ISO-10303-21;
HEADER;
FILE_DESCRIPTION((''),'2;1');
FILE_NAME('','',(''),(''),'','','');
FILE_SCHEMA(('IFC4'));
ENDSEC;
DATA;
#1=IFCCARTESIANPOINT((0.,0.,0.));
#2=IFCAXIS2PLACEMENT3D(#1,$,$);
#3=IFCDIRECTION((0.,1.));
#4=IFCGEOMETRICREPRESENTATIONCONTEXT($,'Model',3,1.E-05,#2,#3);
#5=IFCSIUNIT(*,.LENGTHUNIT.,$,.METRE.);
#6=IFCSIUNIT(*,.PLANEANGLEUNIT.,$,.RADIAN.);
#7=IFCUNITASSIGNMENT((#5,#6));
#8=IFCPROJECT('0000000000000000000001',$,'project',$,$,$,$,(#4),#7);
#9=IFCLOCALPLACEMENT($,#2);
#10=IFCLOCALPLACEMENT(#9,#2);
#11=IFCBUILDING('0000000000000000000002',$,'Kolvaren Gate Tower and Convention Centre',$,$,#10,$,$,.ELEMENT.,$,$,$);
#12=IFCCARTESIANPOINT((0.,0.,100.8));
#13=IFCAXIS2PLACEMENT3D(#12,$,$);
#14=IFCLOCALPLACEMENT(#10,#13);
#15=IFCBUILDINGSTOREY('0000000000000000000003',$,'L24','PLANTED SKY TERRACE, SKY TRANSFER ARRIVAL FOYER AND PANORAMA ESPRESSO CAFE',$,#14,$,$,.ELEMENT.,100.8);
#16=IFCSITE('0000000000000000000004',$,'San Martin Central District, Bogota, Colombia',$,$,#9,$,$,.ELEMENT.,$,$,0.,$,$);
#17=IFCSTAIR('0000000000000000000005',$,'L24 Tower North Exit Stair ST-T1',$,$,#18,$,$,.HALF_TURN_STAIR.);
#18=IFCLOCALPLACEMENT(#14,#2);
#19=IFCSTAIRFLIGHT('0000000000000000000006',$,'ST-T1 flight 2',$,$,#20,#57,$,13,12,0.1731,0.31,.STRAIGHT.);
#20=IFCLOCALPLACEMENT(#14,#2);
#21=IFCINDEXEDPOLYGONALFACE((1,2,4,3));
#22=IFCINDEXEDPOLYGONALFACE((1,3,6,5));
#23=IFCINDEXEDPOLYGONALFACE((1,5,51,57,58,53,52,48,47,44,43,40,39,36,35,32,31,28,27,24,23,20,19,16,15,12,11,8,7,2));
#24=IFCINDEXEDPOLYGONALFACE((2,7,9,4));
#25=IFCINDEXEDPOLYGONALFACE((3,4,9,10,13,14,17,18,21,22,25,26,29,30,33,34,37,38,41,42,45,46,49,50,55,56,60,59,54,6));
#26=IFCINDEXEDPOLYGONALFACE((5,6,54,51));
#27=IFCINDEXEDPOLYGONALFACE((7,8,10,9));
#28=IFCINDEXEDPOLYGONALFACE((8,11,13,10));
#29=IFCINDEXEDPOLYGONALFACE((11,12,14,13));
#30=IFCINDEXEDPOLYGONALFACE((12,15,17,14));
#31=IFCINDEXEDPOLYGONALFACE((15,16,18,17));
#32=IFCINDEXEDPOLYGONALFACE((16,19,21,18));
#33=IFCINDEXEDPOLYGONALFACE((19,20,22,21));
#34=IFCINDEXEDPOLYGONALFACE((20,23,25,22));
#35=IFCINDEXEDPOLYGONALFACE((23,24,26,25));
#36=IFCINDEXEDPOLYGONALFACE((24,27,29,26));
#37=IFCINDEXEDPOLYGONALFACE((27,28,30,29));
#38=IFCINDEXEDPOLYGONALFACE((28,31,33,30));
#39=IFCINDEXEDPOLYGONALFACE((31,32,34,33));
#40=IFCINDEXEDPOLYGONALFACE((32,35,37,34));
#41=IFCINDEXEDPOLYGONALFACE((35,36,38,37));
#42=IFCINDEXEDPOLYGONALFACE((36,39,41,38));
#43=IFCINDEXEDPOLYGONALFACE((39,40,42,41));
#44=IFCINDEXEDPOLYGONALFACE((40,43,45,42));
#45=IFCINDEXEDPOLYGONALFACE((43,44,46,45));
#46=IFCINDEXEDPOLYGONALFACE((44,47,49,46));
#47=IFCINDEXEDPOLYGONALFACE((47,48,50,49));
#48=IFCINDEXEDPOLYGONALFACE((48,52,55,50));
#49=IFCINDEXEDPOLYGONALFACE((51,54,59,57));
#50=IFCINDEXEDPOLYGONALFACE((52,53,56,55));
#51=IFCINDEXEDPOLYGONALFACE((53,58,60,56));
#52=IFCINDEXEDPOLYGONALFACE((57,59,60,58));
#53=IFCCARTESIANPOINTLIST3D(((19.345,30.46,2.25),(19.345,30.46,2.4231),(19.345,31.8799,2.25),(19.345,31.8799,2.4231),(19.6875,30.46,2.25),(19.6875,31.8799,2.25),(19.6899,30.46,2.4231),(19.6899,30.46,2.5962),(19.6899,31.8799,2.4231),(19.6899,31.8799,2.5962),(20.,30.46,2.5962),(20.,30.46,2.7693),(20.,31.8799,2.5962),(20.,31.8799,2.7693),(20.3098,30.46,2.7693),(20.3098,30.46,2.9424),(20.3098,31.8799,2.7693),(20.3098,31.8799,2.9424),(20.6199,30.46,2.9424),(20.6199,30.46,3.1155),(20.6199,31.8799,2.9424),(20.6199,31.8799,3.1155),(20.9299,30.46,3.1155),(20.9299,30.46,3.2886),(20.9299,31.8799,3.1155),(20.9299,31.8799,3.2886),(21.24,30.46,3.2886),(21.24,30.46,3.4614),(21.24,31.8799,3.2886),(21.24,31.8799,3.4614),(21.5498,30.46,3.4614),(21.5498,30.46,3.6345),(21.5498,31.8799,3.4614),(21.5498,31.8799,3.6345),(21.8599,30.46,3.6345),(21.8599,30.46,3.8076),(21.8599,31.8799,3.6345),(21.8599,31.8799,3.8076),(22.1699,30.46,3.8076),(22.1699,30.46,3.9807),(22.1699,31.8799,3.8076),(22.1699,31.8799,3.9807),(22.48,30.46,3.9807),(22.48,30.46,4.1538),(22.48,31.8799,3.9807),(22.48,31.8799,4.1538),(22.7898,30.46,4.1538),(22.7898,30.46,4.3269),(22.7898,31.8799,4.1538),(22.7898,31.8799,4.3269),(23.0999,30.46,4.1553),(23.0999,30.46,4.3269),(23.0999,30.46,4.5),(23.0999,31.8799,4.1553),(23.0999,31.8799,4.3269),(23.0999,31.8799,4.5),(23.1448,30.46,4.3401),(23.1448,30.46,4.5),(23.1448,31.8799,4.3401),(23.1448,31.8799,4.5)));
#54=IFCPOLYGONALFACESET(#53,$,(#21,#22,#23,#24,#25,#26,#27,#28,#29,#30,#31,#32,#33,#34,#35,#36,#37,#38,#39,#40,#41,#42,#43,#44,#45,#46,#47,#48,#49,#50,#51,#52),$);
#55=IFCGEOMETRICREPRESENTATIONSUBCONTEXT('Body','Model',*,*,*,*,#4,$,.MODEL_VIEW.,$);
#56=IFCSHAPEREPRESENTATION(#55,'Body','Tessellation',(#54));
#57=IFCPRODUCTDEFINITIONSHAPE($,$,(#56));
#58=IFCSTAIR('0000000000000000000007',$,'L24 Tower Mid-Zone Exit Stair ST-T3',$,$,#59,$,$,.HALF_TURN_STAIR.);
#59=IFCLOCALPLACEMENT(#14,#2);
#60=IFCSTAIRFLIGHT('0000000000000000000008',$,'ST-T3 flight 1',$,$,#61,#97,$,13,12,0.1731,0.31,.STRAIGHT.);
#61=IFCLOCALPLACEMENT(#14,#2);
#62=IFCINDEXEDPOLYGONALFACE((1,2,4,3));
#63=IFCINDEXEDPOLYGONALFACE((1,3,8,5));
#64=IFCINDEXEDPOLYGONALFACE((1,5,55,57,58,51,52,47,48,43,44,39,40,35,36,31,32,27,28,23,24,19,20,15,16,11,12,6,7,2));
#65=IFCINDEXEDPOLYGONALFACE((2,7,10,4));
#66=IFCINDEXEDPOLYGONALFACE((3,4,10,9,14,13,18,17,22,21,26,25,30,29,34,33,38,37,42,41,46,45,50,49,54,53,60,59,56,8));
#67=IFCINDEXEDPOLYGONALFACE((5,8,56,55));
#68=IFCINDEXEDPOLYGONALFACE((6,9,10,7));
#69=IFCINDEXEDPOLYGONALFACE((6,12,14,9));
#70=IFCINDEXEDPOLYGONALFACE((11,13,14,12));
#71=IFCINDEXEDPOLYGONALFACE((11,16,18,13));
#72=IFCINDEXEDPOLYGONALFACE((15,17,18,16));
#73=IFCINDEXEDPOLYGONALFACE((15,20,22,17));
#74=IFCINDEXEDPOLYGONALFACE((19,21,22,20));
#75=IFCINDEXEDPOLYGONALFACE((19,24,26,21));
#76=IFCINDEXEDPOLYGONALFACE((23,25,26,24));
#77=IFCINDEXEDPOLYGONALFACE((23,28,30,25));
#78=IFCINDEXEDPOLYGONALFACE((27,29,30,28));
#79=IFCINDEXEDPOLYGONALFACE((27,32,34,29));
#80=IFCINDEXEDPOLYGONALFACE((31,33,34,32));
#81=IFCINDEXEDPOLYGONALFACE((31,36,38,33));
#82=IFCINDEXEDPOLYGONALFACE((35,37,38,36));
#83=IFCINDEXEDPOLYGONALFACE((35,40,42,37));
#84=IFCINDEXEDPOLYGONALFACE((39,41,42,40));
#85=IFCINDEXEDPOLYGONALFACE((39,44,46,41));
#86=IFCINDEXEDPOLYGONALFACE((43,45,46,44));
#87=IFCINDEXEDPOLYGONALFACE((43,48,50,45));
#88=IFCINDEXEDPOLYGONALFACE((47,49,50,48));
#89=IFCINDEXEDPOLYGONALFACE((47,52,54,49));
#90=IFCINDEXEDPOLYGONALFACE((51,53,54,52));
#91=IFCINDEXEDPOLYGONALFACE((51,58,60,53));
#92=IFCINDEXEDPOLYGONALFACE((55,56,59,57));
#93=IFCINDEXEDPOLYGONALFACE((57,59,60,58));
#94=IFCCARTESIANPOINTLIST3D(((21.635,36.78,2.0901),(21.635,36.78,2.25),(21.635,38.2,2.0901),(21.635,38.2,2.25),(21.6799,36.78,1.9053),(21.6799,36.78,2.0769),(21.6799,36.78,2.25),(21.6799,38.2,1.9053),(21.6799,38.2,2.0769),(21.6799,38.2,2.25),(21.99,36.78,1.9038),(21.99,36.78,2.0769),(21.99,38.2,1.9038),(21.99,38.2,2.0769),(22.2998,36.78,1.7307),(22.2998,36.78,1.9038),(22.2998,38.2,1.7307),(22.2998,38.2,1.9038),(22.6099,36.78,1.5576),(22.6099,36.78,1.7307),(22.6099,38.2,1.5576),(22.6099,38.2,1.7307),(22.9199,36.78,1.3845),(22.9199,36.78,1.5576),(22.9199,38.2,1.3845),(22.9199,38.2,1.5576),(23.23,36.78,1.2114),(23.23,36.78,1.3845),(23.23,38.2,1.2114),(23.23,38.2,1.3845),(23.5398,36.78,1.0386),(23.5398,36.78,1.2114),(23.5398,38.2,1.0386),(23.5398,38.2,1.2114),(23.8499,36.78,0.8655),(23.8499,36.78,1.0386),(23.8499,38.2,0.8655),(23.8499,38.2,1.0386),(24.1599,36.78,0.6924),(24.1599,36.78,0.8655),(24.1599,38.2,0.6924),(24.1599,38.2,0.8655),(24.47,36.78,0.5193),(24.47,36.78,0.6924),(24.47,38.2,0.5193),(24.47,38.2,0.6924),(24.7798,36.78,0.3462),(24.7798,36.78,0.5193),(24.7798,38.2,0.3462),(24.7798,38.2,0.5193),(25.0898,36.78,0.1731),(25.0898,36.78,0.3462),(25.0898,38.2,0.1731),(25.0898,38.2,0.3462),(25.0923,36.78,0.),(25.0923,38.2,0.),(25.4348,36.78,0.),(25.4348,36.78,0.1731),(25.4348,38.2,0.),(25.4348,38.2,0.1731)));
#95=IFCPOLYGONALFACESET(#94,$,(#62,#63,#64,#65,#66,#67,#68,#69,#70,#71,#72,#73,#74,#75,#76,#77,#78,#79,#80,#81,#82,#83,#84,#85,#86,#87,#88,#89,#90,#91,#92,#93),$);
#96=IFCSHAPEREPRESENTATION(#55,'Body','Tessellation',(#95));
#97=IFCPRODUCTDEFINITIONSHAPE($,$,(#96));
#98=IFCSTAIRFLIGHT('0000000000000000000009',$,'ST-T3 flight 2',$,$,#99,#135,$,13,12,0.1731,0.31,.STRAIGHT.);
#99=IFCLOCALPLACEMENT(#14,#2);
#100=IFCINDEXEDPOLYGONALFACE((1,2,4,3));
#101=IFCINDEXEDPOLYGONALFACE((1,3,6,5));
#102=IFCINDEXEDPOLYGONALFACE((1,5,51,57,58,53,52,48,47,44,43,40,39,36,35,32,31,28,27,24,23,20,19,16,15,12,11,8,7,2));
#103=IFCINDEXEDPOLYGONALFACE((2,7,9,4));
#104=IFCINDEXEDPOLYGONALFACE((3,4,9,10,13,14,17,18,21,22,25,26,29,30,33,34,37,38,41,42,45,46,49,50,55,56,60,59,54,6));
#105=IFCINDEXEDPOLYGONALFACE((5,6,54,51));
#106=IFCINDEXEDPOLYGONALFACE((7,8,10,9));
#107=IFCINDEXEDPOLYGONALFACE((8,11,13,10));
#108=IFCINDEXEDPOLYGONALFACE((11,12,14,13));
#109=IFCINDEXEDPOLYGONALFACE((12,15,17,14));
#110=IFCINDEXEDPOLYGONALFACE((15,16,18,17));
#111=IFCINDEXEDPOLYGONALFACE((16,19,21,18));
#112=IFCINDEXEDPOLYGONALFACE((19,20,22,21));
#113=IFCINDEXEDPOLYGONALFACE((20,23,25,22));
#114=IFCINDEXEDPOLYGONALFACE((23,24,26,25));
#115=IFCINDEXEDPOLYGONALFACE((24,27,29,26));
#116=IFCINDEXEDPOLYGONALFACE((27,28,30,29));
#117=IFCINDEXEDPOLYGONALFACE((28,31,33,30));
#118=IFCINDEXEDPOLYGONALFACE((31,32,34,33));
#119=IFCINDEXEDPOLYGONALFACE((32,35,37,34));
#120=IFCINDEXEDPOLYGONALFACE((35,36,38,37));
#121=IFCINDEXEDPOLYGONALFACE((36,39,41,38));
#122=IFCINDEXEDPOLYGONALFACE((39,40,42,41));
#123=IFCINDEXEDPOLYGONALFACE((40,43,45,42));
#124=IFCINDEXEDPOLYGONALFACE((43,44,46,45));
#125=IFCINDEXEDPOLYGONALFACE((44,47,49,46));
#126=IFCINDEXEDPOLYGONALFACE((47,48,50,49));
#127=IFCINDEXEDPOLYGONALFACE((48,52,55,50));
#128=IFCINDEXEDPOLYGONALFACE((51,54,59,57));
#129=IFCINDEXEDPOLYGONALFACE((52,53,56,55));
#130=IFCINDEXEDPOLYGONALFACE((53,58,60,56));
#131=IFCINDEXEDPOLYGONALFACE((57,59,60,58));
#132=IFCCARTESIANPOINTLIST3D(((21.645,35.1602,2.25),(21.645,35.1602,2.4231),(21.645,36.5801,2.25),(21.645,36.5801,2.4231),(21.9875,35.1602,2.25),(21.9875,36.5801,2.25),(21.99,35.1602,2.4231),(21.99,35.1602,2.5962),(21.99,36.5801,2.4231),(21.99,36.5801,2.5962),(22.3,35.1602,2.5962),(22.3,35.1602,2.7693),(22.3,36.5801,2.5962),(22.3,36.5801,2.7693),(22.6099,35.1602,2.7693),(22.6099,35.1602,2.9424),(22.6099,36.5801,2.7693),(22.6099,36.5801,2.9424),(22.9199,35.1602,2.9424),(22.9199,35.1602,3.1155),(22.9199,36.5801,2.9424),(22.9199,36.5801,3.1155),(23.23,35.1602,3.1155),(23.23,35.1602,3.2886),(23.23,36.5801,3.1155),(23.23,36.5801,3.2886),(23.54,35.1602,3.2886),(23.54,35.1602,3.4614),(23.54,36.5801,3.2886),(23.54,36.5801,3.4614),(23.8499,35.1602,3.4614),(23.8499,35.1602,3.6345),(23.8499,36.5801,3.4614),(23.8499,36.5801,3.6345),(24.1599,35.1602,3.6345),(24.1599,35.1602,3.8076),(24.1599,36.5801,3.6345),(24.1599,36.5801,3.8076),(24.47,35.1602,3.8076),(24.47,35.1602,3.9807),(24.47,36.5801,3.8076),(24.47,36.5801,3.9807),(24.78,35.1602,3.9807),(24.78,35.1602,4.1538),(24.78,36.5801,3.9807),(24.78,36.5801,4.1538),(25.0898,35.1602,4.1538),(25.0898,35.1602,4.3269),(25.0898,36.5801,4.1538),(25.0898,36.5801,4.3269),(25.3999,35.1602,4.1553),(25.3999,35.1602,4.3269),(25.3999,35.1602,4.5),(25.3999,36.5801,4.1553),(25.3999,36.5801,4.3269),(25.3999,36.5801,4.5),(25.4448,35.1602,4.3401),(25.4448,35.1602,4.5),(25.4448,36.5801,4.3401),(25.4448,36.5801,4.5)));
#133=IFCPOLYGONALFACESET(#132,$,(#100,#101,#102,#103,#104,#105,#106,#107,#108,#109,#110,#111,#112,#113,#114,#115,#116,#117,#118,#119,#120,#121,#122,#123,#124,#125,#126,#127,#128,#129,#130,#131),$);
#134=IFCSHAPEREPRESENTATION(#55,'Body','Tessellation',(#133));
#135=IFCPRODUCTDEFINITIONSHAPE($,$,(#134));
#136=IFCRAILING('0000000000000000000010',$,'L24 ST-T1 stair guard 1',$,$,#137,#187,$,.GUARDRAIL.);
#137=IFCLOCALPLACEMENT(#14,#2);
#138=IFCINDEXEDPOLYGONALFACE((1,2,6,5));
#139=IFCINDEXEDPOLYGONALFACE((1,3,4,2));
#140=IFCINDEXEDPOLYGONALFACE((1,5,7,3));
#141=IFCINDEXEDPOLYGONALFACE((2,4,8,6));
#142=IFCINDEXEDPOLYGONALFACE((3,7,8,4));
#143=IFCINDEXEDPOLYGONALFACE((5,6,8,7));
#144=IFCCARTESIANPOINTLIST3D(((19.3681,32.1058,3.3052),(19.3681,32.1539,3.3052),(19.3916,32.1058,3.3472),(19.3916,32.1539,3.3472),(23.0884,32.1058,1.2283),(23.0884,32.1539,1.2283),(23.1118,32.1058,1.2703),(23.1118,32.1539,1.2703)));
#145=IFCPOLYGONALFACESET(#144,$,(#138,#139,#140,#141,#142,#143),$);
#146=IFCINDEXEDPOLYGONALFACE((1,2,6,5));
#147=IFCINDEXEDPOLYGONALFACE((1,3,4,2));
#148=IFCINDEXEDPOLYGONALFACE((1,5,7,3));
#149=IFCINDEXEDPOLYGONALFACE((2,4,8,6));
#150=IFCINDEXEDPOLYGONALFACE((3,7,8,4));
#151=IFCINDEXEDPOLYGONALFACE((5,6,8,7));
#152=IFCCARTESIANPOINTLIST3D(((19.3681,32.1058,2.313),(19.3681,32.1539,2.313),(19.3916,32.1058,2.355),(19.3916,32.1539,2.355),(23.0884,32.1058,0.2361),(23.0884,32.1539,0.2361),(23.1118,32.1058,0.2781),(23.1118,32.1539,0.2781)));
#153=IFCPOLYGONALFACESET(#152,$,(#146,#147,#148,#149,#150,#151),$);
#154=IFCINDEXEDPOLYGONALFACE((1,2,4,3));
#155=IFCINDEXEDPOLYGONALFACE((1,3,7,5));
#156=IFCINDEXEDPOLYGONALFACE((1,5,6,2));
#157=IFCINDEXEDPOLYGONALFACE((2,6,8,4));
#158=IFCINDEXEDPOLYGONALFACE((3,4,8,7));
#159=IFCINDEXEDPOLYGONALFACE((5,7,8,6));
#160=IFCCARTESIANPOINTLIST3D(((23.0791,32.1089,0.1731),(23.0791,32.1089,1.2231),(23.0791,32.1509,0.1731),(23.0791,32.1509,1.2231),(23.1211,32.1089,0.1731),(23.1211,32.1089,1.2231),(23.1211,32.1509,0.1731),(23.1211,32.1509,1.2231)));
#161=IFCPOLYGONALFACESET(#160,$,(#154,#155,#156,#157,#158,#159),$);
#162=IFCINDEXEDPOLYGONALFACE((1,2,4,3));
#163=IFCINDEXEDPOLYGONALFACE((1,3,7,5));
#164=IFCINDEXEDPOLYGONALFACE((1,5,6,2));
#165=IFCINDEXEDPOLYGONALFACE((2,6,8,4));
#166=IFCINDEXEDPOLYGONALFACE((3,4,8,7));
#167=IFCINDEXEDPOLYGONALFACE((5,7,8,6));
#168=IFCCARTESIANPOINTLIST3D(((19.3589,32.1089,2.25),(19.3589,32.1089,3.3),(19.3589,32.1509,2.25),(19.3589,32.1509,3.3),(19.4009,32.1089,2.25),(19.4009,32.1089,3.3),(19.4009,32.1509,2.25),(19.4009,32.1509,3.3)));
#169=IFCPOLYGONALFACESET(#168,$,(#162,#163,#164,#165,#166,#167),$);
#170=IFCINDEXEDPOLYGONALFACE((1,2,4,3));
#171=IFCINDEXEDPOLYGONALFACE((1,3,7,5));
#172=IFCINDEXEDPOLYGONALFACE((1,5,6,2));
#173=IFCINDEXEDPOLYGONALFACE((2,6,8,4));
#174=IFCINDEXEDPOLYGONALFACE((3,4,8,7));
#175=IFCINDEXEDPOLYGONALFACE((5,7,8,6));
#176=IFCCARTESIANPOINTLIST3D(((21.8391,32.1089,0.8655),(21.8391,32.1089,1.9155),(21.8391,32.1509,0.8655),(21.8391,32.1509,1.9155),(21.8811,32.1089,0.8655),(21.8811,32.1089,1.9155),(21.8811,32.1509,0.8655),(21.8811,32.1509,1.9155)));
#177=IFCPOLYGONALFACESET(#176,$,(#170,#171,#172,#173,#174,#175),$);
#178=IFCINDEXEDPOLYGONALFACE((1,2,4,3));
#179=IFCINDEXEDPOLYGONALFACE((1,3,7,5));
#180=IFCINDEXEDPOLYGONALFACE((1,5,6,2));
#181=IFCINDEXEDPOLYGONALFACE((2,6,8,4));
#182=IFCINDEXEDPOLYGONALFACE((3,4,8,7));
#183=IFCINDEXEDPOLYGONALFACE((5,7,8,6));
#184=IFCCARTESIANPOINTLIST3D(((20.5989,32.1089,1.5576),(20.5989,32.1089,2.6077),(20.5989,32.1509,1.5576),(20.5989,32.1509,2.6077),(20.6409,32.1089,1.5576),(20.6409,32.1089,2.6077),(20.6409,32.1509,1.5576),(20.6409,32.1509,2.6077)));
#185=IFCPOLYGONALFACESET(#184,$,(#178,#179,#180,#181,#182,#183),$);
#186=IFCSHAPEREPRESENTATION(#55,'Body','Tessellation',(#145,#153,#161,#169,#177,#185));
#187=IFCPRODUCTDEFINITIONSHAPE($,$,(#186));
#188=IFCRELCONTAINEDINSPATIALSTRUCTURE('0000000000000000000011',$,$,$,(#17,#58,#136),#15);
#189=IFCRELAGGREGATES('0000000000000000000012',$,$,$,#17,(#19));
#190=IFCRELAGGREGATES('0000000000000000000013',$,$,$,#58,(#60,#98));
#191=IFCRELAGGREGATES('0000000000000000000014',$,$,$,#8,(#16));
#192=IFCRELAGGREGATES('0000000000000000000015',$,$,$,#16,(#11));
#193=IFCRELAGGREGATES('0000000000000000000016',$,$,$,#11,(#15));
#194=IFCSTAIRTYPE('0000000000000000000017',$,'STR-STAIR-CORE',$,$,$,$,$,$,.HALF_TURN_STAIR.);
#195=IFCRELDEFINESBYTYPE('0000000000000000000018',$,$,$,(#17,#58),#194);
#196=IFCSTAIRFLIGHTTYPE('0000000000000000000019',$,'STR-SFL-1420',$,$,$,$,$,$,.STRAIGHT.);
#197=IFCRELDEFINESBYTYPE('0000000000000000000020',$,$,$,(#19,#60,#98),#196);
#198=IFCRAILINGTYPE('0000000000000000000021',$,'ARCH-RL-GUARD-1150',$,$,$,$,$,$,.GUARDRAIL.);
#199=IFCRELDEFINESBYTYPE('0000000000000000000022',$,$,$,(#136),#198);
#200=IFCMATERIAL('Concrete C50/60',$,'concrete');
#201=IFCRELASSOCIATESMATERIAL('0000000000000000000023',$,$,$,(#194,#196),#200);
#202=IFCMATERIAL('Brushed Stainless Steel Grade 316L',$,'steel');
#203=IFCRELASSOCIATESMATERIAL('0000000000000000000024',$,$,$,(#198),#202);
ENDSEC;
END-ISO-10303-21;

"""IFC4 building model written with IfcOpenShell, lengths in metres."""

from ifc_helpers import new_model, si_unit, direction, frame, origin, origin_2d, place, context, subcontext, project, spatial, polyline, rectangle, outline, extrude, material, type_object, element, aggregate, save


model = new_model("IFC4")

# Units and contexts
model_context = context("Model", 3, precision=1e-05, world=origin(), true_north=direction((0.0, 1.0)))
body_context = subcontext(model_context, "Body", "Model", "MODEL_VIEW")
ifc_project = project(units=[si_unit("LENGTHUNIT", "METRE"), si_unit("PLANEANGLEUNIT", "RADIAN")], contexts=[model_context])

# Site, building, storey
site_placement = place(None, origin())
site = spatial("IfcSite", under=ifc_project, at=site_placement, Name="San Martin Central District, Bogota, Colombia", CompositionType="ELEMENT", RefElevation=0.0)
building_placement = place(site_placement, origin())
building = spatial("IfcBuilding", under=site, at=building_placement, Name="Kolvaren Gate Tower and Convention Centre", CompositionType="ELEMENT")
storey_placement = place(building_placement, frame((0.0, 0.0, 100.8)))
storey = spatial("IfcBuildingStorey", under=building, at=storey_placement, Name="L24", Description="PLANTED SKY TERRACE, SKY TRANSFER ARRIVAL FOYER AND PANORAMA ESPRESSO CAFE", CompositionType="ELEMENT", Elevation=100.8)

# Shared definitions
ifc_material_1 = material(Name="Concrete C50/60", Category="concrete")

# Stairs, stair flights
stair_type = type_object("IfcStairType", Name="STR-STAIR-CORE", PredefinedType="HALF_TURN_STAIR", material=ifc_material_1)
stair_1_placement = place(storey_placement, origin())
stair_1 = element("IfcStair", 1, at=stair_1_placement, inside=storey, type_object=stair_type, Name="L24 Tower North Exit Stair ST-T1", PredefinedType="HALF_TURN_STAIR")
stair_flight_type = type_object("IfcStairFlightType", Name="STR-SFL-1420", PredefinedType="STRAIGHT", material=ifc_material_1)
stair_flight_1_placement = place(storey_placement, frame((19.3799, 31.1699, 2.25), z_axis=(0.0, 0.0, 1.0), x_axis=(1.0, 0.0, 0.0)))
stair_flight_1 = element("IfcStairFlight", 2, at=stair_flight_1_placement, type_object=stair_flight_type, Name="ST-T1 flight 2", NumberOfRisers=13, NumberOfTreads=12, PredefinedType="STRAIGHT", RiserHeight=0.1731, TreadLength=0.31, context=body_context, shape_type="SweptSolid", body=[
    extrude(outline(polyline([(-0.0349, 0.0), (-0.0349, 0.1731), (0.3101, 0.1731), (0.3101, 0.3462), (0.6201, 0.3462), (0.6201, 0.5193), (0.9299, 0.5193), (0.9299, 0.6924), (1.24, 0.6924), (1.24, 0.8655), (1.55, 0.8655), (1.55, 1.0386), (1.8601, 1.0386), (1.8601, 1.2114), (2.1699, 1.2114), (2.1699, 1.3845), (2.48, 1.3845), (2.48, 1.5576), (2.79, 1.5576), (2.79, 1.7307), (3.1001, 1.7307), (3.1001, 1.9038), (3.4099, 1.9038), (3.4099, 2.0769), (3.72, 2.0769), (3.72, 2.25), (3.7649, 2.25), (3.7649, 2.0901), (3.72, 1.9053), (0.3076, 0.0), (-0.0349, 0.0)])), frame((0.0, 0.71, 0.0), z_axis=(0.0, -1.0, 0.0), x_axis=(1.0, 0.0, 0.0)), (0.0, 0.0, 1.0), 1.4199),
])
aggregate(stair_1, [stair_flight_1])
stair_2_placement = place(storey_placement, origin())
stair_2 = element("IfcStair", 3, at=stair_2_placement, inside=storey, type_object=stair_type, Name="L24 Tower Mid-Zone Exit Stair ST-T3", PredefinedType="HALF_TURN_STAIR")
stair_flight_2_placement = place(storey_placement, frame((25.3999, 37.49, 0.0), z_axis=(0.0, 0.0, 1.0), x_axis=(-1.0, 0.0, 0.0)))
stair_flight_2 = element("IfcStairFlight", 4, at=stair_flight_2_placement, type_object=stair_flight_type, Name="ST-T3 flight 1", NumberOfRisers=13, NumberOfTreads=12, PredefinedType="STRAIGHT", RiserHeight=0.1731, TreadLength=0.31, context=body_context, shape_type="SweptSolid", body=[
    extrude(outline(polyline([(-0.0349, 0.0), (-0.0349, 0.1731), (0.3101, 0.1731), (0.3101, 0.3462), (0.6201, 0.3462), (0.6201, 0.5193), (0.9299, 0.5193), (0.9299, 0.6924), (1.24, 0.6924), (1.24, 0.8655), (1.55, 0.8655), (1.55, 1.0386), (1.8601, 1.0386), (1.8601, 1.2114), (2.1699, 1.2114), (2.1699, 1.3845), (2.48, 1.3845), (2.48, 1.5576), (2.79, 1.5576), (2.79, 1.7307), (3.1001, 1.7307), (3.1001, 1.9038), (3.4099, 1.9038), (3.4099, 2.0769), (3.72, 2.0769), (3.72, 2.25), (3.7649, 2.25), (3.7649, 2.0901), (3.72, 1.9053), (0.3076, 0.0), (-0.0349, 0.0)])), frame((0.0, 0.71, 0.0), z_axis=(0.0, -1.0, 0.0), x_axis=(1.0, 0.0, 0.0)), (0.0, 0.0, 1.0), 1.4199),
])
stair_flight_3_placement = place(storey_placement, frame((21.6799, 35.8701, 2.25), z_axis=(0.0, 0.0, 1.0), x_axis=(1.0, 0.0, 0.0)))
stair_flight_3 = element("IfcStairFlight", 5, at=stair_flight_3_placement, type_object=stair_flight_type, Name="ST-T3 flight 2", NumberOfRisers=13, NumberOfTreads=12, PredefinedType="STRAIGHT", RiserHeight=0.1731, TreadLength=0.31, context=body_context, shape_type="SweptSolid", body=[
    extrude(outline(polyline([(-0.0349, 0.0), (-0.0349, 0.1731), (0.3101, 0.1731), (0.3101, 0.3462), (0.6201, 0.3462), (0.6201, 0.5193), (0.9299, 0.5193), (0.9299, 0.6924), (1.24, 0.6924), (1.24, 0.8655), (1.55, 0.8655), (1.55, 1.0386), (1.8601, 1.0386), (1.8601, 1.2114), (2.1699, 1.2114), (2.1699, 1.3845), (2.48, 1.3845), (2.48, 1.5576), (2.79, 1.5576), (2.79, 1.7307), (3.1001, 1.7307), (3.1001, 1.9038), (3.4099, 1.9038), (3.4099, 2.0769), (3.72, 2.0769), (3.72, 2.25), (3.7649, 2.25), (3.7649, 2.0901), (3.72, 1.9053), (0.3076, 0.0), (-0.0349, 0.0)])), frame((0.0, 0.71, 0.0), z_axis=(0.0, -1.0, 0.0), x_axis=(1.0, 0.0, 0.0)), (0.0, 0.0, 1.0), 1.4199),
])
aggregate(stair_2, [stair_flight_2, stair_flight_3])

# Railing
ifc_material_2 = material(Name="Brushed Stainless Steel Grade 316L", Category="steel")
railing_type_1 = type_object("IfcRailingType", Name="ARCH-RL-GUARD-1150", PredefinedType="GUARDRAIL", material=ifc_material_2)
railing_1_placement = place(storey_placement, frame((23.1001, 32.1299, 0.1731)))
element("IfcRailing", 6, at=railing_1_placement, inside=storey, type_object=railing_type_1, Name="L24 ST-T1 stair guard 1", PredefinedType="GUARDRAIL", context=body_context, shape_type="SweptSolid", body=[
    extrude(rectangle(XDim=0.0481, YDim=0.0481, at=origin_2d()), frame((0.0, 0.0, 1.0762), z_axis=(-0.873147, 0.0, 0.487457), x_axis=(0.0, -1.0, 0.0)), (0.0, 0.0, 1.0), 4.2607),
    extrude(rectangle(XDim=0.0481, YDim=0.0481, at=origin_2d()), frame((0.0, 0.0, 0.084), z_axis=(-0.873147, 0.0, 0.487457), x_axis=(0.0, -1.0, 0.0)), (0.0, 0.0, 1.0), 4.2607),
    extrude(rectangle(XDim=0.042, YDim=0.042, at=origin_2d()), origin(), (0.0, 0.0, 1.0), 1.05),
    extrude(rectangle(XDim=0.042, YDim=0.042, at=origin_2d()), frame((-3.7202, 0.0, 2.0769)), (0.0, 0.0, 1.0), 1.05),
    extrude(rectangle(XDim=0.042, YDim=0.042, at=origin_2d()), frame((-1.24, 0.0, 0.6924)), (0.0, 0.0, 1.0), 1.05),
    extrude(rectangle(XDim=0.042, YDim=0.042, at=origin_2d()), frame((-2.4802, 0.0, 1.3845)), (0.0, 0.0, 1.0), 1.05),
])

save(model, "model.ifc")
